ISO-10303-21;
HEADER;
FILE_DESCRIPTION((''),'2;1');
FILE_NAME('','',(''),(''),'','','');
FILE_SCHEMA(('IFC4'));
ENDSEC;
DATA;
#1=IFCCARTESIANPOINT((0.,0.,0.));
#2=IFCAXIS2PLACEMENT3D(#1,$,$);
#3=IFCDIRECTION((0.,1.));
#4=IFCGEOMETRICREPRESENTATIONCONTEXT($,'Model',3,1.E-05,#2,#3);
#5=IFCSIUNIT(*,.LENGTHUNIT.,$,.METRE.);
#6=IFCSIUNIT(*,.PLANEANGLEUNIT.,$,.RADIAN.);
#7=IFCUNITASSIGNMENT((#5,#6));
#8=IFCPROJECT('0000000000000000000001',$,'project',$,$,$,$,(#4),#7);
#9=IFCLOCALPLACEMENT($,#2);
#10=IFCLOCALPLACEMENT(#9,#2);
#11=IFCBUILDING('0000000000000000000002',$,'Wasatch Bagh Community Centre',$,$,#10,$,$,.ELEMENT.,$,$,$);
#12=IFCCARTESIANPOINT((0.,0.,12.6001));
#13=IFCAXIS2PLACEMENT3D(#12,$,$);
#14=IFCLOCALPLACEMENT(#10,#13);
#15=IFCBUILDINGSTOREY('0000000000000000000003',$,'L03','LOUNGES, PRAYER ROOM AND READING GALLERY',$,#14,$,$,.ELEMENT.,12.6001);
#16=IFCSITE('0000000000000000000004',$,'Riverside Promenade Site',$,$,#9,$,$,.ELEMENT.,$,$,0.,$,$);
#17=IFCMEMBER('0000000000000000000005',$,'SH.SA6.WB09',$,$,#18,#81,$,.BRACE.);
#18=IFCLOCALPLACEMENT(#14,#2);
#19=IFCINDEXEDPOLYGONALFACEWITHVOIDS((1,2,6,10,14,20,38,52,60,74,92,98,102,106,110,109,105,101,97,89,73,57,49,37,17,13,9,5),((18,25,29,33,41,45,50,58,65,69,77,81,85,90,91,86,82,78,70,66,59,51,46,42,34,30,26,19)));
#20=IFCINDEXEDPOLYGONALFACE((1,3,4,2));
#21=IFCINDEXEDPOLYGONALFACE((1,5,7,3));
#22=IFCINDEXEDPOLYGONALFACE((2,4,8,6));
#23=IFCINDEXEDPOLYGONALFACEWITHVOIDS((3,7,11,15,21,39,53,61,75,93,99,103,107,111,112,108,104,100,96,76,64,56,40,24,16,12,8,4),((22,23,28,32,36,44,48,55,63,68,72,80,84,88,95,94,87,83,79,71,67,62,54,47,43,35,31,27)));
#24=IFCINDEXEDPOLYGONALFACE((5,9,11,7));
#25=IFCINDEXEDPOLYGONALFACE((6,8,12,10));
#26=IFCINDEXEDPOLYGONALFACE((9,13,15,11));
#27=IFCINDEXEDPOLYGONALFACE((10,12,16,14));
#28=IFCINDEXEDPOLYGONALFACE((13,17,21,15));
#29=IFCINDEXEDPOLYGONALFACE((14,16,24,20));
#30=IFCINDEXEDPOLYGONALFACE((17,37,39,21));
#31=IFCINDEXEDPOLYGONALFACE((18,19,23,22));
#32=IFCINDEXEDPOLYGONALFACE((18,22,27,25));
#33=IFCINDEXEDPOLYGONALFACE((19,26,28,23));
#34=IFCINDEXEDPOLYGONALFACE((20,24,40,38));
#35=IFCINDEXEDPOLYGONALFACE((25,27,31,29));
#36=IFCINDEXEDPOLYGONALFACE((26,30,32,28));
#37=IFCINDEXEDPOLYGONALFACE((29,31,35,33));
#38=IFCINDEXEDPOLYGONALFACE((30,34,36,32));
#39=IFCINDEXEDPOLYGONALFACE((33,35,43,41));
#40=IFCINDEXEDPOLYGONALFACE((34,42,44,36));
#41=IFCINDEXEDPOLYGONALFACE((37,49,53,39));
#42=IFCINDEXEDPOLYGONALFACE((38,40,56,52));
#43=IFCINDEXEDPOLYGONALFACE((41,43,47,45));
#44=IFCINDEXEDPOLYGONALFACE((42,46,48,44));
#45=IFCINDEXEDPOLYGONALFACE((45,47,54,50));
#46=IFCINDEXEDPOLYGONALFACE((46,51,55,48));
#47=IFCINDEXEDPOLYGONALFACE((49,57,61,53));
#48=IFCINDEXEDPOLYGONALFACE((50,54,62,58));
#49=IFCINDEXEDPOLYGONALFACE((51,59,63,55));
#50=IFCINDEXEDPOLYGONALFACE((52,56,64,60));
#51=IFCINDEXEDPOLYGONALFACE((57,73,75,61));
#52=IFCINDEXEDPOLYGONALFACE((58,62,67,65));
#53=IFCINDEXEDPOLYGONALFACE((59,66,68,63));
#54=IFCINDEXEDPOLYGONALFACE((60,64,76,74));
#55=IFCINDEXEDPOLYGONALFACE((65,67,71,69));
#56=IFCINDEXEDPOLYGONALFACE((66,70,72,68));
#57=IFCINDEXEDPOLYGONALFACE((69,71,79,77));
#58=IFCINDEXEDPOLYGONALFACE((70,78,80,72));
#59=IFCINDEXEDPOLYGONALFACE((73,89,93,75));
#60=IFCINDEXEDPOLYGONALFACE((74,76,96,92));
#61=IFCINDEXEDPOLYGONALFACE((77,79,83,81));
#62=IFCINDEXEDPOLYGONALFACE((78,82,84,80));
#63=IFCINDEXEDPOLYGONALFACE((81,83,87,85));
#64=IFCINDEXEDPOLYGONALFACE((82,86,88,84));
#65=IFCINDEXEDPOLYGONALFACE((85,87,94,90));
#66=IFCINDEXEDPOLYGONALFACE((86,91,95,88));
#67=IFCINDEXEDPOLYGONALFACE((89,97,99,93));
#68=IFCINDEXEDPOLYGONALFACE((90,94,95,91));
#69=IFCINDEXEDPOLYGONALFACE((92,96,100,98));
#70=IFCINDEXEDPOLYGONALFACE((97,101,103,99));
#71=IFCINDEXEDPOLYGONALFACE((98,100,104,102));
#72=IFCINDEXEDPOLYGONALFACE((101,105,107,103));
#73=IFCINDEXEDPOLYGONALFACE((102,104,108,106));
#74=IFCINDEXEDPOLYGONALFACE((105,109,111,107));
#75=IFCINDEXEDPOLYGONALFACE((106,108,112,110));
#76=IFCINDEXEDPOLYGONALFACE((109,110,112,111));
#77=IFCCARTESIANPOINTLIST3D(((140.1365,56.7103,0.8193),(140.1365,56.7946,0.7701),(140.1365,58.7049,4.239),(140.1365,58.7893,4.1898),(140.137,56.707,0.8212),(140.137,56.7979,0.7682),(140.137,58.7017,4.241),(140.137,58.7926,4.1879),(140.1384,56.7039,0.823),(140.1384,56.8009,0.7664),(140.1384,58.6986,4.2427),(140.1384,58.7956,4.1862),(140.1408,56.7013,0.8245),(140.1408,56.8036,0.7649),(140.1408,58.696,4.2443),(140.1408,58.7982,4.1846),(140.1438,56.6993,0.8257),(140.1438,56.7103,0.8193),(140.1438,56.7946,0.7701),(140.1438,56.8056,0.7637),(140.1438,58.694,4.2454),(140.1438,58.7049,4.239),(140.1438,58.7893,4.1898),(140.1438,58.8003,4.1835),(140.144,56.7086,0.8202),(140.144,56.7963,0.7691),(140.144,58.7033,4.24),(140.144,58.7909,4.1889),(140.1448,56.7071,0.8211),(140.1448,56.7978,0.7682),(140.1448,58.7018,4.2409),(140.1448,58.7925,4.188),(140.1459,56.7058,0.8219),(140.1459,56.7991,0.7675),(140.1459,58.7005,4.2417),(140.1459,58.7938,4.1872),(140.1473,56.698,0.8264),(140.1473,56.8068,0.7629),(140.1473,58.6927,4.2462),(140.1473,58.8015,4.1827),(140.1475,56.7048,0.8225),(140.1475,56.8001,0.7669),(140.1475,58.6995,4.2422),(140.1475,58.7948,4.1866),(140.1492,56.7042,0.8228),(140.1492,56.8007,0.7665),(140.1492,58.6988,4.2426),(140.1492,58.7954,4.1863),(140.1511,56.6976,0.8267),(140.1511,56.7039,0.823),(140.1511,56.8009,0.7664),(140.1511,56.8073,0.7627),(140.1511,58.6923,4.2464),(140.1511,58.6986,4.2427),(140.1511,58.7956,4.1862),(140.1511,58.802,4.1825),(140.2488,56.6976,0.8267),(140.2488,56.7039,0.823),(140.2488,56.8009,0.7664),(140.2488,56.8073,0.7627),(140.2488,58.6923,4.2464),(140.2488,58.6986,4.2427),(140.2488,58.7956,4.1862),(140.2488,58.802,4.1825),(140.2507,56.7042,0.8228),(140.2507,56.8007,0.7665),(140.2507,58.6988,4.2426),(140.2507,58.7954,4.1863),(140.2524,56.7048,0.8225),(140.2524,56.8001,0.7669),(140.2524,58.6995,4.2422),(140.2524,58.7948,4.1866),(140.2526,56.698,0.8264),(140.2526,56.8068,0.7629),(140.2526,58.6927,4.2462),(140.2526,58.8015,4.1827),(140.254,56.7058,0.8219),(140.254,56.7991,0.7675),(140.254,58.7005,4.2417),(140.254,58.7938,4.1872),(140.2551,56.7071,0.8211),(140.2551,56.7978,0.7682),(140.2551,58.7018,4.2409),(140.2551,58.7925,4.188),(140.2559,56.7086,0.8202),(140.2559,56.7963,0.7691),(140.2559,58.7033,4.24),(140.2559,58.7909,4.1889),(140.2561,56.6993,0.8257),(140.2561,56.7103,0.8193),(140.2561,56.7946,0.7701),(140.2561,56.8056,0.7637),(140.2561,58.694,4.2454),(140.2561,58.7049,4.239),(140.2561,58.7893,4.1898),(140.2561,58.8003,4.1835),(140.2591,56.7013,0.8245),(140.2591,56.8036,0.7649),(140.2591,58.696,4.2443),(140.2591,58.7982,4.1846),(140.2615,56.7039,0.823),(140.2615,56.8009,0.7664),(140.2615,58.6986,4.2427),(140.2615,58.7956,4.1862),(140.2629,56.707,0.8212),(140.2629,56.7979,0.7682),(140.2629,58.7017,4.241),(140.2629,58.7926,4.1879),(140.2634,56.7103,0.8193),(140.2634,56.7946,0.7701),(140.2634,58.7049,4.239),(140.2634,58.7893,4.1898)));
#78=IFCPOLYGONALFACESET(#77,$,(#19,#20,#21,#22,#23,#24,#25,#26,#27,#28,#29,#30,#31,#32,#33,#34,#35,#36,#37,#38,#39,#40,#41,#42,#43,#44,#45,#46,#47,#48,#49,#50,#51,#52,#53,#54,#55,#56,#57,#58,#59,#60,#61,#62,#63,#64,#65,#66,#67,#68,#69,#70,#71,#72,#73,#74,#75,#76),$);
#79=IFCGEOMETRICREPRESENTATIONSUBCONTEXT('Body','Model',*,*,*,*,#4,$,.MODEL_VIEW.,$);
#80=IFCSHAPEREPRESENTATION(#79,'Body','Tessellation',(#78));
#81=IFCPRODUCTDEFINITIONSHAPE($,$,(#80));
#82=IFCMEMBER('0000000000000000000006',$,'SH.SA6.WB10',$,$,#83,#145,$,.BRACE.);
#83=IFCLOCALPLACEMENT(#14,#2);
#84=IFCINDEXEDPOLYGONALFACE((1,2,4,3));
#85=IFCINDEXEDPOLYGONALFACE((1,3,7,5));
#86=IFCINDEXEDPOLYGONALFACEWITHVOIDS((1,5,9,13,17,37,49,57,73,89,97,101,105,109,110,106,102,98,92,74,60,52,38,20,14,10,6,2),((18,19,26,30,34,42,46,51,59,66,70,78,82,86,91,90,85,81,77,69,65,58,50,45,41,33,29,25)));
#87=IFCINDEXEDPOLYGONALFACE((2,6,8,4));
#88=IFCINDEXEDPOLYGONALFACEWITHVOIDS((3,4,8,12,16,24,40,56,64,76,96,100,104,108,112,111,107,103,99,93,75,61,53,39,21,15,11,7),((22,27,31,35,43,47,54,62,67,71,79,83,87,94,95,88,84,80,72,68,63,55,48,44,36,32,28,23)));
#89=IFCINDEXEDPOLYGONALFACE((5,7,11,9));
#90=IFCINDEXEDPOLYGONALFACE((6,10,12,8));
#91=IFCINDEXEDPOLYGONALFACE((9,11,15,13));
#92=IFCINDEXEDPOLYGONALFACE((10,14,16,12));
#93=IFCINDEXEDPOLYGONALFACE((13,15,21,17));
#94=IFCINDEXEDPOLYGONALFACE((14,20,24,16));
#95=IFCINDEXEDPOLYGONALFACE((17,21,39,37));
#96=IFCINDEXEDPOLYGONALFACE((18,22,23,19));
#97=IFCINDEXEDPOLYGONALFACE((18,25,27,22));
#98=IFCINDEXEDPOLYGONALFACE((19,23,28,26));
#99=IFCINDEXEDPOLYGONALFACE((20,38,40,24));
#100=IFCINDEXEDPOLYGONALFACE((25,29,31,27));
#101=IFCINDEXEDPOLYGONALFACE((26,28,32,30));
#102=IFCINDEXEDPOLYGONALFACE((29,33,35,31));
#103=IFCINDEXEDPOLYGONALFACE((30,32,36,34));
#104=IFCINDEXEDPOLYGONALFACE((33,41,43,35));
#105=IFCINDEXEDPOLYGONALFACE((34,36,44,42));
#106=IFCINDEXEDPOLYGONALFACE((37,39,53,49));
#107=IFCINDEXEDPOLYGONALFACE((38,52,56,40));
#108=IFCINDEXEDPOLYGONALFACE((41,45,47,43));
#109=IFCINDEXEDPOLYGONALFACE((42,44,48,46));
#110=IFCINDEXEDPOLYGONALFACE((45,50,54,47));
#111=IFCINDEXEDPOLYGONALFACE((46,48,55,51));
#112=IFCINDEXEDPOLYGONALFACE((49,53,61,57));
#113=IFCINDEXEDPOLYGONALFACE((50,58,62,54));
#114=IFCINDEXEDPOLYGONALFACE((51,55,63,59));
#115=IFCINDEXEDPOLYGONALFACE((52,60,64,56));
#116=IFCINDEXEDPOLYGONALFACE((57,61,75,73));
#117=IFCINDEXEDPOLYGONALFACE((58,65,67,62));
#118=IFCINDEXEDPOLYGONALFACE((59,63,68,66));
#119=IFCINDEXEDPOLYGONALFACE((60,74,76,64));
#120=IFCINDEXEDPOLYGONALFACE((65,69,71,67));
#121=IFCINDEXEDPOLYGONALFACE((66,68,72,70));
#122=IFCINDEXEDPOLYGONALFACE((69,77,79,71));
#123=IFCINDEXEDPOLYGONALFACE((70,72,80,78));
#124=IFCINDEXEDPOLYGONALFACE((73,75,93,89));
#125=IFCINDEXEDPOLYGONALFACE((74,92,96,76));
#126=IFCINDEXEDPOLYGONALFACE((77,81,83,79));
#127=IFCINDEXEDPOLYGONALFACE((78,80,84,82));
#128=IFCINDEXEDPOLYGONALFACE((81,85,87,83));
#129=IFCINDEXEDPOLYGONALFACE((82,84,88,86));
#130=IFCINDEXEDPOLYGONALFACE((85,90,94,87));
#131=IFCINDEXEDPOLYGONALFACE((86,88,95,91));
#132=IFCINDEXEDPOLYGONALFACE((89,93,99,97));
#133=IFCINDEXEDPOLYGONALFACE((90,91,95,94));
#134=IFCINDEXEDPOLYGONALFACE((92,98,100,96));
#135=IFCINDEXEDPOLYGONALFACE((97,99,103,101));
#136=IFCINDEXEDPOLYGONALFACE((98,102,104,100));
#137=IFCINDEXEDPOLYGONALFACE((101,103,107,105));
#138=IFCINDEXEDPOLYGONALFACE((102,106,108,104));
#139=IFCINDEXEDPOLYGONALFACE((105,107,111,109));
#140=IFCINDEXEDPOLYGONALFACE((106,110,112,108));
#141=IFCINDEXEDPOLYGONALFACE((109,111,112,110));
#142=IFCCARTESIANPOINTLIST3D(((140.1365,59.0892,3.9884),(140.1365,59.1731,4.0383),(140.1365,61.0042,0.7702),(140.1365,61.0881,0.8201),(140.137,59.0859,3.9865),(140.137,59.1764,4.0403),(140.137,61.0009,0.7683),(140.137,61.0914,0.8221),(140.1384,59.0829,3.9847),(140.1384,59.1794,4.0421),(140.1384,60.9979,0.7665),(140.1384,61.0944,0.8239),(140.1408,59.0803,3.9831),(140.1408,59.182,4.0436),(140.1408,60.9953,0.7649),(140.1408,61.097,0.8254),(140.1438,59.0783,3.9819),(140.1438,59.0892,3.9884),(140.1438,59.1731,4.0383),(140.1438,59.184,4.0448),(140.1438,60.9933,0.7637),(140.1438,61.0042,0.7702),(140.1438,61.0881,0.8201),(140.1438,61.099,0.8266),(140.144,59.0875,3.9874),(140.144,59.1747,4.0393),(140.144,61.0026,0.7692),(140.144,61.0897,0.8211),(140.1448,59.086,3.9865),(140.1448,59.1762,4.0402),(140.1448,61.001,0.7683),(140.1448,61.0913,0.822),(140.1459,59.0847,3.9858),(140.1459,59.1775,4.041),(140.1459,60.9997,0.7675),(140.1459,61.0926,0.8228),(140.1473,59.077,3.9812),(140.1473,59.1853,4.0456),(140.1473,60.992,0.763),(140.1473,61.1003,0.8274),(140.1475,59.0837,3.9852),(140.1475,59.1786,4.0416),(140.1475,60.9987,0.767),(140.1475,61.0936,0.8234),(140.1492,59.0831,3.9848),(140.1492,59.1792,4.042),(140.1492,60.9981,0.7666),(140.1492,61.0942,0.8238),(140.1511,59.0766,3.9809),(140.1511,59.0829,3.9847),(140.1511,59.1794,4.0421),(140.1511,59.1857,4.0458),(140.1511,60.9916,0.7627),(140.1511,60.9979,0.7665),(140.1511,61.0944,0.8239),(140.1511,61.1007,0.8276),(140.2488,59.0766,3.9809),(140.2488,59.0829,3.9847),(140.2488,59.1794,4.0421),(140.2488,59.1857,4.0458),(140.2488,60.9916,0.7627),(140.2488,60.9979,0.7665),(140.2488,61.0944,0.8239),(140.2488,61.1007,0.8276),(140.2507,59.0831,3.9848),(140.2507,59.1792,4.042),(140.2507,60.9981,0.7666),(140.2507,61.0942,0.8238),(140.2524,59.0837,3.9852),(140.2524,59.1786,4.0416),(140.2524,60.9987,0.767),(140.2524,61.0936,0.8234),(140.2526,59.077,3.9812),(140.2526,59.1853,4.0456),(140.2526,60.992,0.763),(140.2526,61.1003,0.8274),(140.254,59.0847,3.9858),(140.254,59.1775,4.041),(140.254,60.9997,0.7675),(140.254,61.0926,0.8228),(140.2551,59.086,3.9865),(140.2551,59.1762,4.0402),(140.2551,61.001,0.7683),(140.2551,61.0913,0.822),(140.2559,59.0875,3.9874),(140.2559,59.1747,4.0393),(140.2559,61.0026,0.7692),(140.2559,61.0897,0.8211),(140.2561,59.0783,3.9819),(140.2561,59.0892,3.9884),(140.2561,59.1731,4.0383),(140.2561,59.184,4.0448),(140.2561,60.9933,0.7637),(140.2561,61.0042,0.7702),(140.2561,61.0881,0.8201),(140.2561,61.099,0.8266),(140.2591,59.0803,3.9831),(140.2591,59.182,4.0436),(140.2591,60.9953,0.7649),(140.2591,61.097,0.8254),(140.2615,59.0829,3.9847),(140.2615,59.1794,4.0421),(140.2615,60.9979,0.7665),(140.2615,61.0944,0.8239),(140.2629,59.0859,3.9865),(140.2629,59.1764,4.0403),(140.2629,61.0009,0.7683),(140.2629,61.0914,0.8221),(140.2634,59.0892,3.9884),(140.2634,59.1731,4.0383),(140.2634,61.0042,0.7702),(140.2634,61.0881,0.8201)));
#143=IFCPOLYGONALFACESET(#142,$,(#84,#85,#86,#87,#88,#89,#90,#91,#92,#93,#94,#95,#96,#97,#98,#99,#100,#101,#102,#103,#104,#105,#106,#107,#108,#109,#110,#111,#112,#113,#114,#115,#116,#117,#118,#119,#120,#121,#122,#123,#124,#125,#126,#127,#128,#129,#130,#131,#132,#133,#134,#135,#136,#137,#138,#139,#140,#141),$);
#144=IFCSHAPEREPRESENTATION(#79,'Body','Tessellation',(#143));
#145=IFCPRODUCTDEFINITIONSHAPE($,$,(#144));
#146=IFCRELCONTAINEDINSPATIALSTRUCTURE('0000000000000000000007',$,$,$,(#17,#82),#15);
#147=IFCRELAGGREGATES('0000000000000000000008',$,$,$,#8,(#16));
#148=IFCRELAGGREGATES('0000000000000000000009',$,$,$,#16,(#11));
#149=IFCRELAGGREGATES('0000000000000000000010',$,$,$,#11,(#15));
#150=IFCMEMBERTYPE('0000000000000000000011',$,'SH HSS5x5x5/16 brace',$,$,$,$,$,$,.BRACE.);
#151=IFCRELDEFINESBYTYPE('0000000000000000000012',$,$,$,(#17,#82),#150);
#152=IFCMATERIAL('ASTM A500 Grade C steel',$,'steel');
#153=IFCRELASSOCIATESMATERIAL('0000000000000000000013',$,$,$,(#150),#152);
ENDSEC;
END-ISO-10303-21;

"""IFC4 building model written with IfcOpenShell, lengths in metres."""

from ifc_helpers import new_model, si_unit, direction, frame, origin, origin_2d, place, context, subcontext, project, spatial, hollow_rectangle, extrude, material, material_profile, profile_set, type_object, element, save


model = new_model("IFC4")

# Units and contexts
model_context = context("Model", 3, precision=1e-05, world=origin(), true_north=direction((0.0, 1.0)))
body_context = subcontext(model_context, "Body", "Model", "MODEL_VIEW")
ifc_project = project(units=[si_unit("LENGTHUNIT", "METRE"), si_unit("PLANEANGLEUNIT", "RADIAN")], contexts=[model_context])

# Site, building, storey
site_placement = place(None, origin())
site = spatial("IfcSite", under=ifc_project, at=site_placement, Name="Riverside Promenade Site", CompositionType="ELEMENT", RefElevation=0.0)
building_placement = place(site_placement, origin())
building = spatial("IfcBuilding", under=site, at=building_placement, Name="Wasatch Bagh Community Centre", CompositionType="ELEMENT")
storey_placement = place(building_placement, frame((0.0, 0.0, 12.6001)))
storey = spatial("IfcBuildingStorey", under=building, at=storey_placement, Name="L03", Description="LOUNGES, PRAYER ROOM AND READING GALLERY", CompositionType="ELEMENT", Elevation=12.6001)

# Members
ifc_material_1 = material(Name="ASTM A500 Grade C steel", Category="steel")
ifc_material_profile_1 = material_profile(ifc_material_1, hollow_rectangle(XDim=0.127, YDim=0.127, WallThickness=0.0073, InnerFilletRadius=0.0073, OuterFilletRadius=0.0146, at=origin_2d()), Name="HSS5x5x5/16")
ifc_profile_set_1 = profile_set([ifc_material_profile_1], Name="ASTM A500 Grade C steel")
member_type_1 = type_object("IfcMemberType", Name="SH HSS5x5x5/16 brace", PredefinedType="BRACE", material=ifc_profile_set_1)
member_1_placement = place(storey_placement, frame((140.2, 56.7524, 0.7947), z_axis=(0.0, 0.503837, 0.863799), x_axis=(-1.0, 0.0, 0.0)))
element("IfcMember", 1, at=member_1_placement, inside=storey, type_object=member_type_1, Name="SH.SA6.WB09", PredefinedType="BRACE", context=body_context, shape_type="SweptSolid", body=[
    extrude(hollow_rectangle(XDim=0.127, YDim=0.127, WallThickness=0.0073, InnerFilletRadius=0.0073, OuterFilletRadius=0.0146, at=origin_2d()), origin(), (0.0, 0.0, 1.0), 3.959),
])
member_2_placement = place(storey_placement, frame((140.2, 61.0461, 0.7952), z_axis=(0.0, -0.511367, 0.859362), x_axis=(1.0, 0.0, 0.0)))
element("IfcMember", 2, at=member_2_placement, inside=storey, type_object=member_type_1, Name="SH.SA6.WB10", PredefinedType="BRACE", context=body_context, shape_type="SweptSolid", body=[
    extrude(hollow_rectangle(XDim=0.127, YDim=0.127, WallThickness=0.0073, InnerFilletRadius=0.0073, OuterFilletRadius=0.0146, at=origin_2d()), origin(), (0.0, 0.0, 1.0), 3.7449),
])

save(model, "model.ifc")
